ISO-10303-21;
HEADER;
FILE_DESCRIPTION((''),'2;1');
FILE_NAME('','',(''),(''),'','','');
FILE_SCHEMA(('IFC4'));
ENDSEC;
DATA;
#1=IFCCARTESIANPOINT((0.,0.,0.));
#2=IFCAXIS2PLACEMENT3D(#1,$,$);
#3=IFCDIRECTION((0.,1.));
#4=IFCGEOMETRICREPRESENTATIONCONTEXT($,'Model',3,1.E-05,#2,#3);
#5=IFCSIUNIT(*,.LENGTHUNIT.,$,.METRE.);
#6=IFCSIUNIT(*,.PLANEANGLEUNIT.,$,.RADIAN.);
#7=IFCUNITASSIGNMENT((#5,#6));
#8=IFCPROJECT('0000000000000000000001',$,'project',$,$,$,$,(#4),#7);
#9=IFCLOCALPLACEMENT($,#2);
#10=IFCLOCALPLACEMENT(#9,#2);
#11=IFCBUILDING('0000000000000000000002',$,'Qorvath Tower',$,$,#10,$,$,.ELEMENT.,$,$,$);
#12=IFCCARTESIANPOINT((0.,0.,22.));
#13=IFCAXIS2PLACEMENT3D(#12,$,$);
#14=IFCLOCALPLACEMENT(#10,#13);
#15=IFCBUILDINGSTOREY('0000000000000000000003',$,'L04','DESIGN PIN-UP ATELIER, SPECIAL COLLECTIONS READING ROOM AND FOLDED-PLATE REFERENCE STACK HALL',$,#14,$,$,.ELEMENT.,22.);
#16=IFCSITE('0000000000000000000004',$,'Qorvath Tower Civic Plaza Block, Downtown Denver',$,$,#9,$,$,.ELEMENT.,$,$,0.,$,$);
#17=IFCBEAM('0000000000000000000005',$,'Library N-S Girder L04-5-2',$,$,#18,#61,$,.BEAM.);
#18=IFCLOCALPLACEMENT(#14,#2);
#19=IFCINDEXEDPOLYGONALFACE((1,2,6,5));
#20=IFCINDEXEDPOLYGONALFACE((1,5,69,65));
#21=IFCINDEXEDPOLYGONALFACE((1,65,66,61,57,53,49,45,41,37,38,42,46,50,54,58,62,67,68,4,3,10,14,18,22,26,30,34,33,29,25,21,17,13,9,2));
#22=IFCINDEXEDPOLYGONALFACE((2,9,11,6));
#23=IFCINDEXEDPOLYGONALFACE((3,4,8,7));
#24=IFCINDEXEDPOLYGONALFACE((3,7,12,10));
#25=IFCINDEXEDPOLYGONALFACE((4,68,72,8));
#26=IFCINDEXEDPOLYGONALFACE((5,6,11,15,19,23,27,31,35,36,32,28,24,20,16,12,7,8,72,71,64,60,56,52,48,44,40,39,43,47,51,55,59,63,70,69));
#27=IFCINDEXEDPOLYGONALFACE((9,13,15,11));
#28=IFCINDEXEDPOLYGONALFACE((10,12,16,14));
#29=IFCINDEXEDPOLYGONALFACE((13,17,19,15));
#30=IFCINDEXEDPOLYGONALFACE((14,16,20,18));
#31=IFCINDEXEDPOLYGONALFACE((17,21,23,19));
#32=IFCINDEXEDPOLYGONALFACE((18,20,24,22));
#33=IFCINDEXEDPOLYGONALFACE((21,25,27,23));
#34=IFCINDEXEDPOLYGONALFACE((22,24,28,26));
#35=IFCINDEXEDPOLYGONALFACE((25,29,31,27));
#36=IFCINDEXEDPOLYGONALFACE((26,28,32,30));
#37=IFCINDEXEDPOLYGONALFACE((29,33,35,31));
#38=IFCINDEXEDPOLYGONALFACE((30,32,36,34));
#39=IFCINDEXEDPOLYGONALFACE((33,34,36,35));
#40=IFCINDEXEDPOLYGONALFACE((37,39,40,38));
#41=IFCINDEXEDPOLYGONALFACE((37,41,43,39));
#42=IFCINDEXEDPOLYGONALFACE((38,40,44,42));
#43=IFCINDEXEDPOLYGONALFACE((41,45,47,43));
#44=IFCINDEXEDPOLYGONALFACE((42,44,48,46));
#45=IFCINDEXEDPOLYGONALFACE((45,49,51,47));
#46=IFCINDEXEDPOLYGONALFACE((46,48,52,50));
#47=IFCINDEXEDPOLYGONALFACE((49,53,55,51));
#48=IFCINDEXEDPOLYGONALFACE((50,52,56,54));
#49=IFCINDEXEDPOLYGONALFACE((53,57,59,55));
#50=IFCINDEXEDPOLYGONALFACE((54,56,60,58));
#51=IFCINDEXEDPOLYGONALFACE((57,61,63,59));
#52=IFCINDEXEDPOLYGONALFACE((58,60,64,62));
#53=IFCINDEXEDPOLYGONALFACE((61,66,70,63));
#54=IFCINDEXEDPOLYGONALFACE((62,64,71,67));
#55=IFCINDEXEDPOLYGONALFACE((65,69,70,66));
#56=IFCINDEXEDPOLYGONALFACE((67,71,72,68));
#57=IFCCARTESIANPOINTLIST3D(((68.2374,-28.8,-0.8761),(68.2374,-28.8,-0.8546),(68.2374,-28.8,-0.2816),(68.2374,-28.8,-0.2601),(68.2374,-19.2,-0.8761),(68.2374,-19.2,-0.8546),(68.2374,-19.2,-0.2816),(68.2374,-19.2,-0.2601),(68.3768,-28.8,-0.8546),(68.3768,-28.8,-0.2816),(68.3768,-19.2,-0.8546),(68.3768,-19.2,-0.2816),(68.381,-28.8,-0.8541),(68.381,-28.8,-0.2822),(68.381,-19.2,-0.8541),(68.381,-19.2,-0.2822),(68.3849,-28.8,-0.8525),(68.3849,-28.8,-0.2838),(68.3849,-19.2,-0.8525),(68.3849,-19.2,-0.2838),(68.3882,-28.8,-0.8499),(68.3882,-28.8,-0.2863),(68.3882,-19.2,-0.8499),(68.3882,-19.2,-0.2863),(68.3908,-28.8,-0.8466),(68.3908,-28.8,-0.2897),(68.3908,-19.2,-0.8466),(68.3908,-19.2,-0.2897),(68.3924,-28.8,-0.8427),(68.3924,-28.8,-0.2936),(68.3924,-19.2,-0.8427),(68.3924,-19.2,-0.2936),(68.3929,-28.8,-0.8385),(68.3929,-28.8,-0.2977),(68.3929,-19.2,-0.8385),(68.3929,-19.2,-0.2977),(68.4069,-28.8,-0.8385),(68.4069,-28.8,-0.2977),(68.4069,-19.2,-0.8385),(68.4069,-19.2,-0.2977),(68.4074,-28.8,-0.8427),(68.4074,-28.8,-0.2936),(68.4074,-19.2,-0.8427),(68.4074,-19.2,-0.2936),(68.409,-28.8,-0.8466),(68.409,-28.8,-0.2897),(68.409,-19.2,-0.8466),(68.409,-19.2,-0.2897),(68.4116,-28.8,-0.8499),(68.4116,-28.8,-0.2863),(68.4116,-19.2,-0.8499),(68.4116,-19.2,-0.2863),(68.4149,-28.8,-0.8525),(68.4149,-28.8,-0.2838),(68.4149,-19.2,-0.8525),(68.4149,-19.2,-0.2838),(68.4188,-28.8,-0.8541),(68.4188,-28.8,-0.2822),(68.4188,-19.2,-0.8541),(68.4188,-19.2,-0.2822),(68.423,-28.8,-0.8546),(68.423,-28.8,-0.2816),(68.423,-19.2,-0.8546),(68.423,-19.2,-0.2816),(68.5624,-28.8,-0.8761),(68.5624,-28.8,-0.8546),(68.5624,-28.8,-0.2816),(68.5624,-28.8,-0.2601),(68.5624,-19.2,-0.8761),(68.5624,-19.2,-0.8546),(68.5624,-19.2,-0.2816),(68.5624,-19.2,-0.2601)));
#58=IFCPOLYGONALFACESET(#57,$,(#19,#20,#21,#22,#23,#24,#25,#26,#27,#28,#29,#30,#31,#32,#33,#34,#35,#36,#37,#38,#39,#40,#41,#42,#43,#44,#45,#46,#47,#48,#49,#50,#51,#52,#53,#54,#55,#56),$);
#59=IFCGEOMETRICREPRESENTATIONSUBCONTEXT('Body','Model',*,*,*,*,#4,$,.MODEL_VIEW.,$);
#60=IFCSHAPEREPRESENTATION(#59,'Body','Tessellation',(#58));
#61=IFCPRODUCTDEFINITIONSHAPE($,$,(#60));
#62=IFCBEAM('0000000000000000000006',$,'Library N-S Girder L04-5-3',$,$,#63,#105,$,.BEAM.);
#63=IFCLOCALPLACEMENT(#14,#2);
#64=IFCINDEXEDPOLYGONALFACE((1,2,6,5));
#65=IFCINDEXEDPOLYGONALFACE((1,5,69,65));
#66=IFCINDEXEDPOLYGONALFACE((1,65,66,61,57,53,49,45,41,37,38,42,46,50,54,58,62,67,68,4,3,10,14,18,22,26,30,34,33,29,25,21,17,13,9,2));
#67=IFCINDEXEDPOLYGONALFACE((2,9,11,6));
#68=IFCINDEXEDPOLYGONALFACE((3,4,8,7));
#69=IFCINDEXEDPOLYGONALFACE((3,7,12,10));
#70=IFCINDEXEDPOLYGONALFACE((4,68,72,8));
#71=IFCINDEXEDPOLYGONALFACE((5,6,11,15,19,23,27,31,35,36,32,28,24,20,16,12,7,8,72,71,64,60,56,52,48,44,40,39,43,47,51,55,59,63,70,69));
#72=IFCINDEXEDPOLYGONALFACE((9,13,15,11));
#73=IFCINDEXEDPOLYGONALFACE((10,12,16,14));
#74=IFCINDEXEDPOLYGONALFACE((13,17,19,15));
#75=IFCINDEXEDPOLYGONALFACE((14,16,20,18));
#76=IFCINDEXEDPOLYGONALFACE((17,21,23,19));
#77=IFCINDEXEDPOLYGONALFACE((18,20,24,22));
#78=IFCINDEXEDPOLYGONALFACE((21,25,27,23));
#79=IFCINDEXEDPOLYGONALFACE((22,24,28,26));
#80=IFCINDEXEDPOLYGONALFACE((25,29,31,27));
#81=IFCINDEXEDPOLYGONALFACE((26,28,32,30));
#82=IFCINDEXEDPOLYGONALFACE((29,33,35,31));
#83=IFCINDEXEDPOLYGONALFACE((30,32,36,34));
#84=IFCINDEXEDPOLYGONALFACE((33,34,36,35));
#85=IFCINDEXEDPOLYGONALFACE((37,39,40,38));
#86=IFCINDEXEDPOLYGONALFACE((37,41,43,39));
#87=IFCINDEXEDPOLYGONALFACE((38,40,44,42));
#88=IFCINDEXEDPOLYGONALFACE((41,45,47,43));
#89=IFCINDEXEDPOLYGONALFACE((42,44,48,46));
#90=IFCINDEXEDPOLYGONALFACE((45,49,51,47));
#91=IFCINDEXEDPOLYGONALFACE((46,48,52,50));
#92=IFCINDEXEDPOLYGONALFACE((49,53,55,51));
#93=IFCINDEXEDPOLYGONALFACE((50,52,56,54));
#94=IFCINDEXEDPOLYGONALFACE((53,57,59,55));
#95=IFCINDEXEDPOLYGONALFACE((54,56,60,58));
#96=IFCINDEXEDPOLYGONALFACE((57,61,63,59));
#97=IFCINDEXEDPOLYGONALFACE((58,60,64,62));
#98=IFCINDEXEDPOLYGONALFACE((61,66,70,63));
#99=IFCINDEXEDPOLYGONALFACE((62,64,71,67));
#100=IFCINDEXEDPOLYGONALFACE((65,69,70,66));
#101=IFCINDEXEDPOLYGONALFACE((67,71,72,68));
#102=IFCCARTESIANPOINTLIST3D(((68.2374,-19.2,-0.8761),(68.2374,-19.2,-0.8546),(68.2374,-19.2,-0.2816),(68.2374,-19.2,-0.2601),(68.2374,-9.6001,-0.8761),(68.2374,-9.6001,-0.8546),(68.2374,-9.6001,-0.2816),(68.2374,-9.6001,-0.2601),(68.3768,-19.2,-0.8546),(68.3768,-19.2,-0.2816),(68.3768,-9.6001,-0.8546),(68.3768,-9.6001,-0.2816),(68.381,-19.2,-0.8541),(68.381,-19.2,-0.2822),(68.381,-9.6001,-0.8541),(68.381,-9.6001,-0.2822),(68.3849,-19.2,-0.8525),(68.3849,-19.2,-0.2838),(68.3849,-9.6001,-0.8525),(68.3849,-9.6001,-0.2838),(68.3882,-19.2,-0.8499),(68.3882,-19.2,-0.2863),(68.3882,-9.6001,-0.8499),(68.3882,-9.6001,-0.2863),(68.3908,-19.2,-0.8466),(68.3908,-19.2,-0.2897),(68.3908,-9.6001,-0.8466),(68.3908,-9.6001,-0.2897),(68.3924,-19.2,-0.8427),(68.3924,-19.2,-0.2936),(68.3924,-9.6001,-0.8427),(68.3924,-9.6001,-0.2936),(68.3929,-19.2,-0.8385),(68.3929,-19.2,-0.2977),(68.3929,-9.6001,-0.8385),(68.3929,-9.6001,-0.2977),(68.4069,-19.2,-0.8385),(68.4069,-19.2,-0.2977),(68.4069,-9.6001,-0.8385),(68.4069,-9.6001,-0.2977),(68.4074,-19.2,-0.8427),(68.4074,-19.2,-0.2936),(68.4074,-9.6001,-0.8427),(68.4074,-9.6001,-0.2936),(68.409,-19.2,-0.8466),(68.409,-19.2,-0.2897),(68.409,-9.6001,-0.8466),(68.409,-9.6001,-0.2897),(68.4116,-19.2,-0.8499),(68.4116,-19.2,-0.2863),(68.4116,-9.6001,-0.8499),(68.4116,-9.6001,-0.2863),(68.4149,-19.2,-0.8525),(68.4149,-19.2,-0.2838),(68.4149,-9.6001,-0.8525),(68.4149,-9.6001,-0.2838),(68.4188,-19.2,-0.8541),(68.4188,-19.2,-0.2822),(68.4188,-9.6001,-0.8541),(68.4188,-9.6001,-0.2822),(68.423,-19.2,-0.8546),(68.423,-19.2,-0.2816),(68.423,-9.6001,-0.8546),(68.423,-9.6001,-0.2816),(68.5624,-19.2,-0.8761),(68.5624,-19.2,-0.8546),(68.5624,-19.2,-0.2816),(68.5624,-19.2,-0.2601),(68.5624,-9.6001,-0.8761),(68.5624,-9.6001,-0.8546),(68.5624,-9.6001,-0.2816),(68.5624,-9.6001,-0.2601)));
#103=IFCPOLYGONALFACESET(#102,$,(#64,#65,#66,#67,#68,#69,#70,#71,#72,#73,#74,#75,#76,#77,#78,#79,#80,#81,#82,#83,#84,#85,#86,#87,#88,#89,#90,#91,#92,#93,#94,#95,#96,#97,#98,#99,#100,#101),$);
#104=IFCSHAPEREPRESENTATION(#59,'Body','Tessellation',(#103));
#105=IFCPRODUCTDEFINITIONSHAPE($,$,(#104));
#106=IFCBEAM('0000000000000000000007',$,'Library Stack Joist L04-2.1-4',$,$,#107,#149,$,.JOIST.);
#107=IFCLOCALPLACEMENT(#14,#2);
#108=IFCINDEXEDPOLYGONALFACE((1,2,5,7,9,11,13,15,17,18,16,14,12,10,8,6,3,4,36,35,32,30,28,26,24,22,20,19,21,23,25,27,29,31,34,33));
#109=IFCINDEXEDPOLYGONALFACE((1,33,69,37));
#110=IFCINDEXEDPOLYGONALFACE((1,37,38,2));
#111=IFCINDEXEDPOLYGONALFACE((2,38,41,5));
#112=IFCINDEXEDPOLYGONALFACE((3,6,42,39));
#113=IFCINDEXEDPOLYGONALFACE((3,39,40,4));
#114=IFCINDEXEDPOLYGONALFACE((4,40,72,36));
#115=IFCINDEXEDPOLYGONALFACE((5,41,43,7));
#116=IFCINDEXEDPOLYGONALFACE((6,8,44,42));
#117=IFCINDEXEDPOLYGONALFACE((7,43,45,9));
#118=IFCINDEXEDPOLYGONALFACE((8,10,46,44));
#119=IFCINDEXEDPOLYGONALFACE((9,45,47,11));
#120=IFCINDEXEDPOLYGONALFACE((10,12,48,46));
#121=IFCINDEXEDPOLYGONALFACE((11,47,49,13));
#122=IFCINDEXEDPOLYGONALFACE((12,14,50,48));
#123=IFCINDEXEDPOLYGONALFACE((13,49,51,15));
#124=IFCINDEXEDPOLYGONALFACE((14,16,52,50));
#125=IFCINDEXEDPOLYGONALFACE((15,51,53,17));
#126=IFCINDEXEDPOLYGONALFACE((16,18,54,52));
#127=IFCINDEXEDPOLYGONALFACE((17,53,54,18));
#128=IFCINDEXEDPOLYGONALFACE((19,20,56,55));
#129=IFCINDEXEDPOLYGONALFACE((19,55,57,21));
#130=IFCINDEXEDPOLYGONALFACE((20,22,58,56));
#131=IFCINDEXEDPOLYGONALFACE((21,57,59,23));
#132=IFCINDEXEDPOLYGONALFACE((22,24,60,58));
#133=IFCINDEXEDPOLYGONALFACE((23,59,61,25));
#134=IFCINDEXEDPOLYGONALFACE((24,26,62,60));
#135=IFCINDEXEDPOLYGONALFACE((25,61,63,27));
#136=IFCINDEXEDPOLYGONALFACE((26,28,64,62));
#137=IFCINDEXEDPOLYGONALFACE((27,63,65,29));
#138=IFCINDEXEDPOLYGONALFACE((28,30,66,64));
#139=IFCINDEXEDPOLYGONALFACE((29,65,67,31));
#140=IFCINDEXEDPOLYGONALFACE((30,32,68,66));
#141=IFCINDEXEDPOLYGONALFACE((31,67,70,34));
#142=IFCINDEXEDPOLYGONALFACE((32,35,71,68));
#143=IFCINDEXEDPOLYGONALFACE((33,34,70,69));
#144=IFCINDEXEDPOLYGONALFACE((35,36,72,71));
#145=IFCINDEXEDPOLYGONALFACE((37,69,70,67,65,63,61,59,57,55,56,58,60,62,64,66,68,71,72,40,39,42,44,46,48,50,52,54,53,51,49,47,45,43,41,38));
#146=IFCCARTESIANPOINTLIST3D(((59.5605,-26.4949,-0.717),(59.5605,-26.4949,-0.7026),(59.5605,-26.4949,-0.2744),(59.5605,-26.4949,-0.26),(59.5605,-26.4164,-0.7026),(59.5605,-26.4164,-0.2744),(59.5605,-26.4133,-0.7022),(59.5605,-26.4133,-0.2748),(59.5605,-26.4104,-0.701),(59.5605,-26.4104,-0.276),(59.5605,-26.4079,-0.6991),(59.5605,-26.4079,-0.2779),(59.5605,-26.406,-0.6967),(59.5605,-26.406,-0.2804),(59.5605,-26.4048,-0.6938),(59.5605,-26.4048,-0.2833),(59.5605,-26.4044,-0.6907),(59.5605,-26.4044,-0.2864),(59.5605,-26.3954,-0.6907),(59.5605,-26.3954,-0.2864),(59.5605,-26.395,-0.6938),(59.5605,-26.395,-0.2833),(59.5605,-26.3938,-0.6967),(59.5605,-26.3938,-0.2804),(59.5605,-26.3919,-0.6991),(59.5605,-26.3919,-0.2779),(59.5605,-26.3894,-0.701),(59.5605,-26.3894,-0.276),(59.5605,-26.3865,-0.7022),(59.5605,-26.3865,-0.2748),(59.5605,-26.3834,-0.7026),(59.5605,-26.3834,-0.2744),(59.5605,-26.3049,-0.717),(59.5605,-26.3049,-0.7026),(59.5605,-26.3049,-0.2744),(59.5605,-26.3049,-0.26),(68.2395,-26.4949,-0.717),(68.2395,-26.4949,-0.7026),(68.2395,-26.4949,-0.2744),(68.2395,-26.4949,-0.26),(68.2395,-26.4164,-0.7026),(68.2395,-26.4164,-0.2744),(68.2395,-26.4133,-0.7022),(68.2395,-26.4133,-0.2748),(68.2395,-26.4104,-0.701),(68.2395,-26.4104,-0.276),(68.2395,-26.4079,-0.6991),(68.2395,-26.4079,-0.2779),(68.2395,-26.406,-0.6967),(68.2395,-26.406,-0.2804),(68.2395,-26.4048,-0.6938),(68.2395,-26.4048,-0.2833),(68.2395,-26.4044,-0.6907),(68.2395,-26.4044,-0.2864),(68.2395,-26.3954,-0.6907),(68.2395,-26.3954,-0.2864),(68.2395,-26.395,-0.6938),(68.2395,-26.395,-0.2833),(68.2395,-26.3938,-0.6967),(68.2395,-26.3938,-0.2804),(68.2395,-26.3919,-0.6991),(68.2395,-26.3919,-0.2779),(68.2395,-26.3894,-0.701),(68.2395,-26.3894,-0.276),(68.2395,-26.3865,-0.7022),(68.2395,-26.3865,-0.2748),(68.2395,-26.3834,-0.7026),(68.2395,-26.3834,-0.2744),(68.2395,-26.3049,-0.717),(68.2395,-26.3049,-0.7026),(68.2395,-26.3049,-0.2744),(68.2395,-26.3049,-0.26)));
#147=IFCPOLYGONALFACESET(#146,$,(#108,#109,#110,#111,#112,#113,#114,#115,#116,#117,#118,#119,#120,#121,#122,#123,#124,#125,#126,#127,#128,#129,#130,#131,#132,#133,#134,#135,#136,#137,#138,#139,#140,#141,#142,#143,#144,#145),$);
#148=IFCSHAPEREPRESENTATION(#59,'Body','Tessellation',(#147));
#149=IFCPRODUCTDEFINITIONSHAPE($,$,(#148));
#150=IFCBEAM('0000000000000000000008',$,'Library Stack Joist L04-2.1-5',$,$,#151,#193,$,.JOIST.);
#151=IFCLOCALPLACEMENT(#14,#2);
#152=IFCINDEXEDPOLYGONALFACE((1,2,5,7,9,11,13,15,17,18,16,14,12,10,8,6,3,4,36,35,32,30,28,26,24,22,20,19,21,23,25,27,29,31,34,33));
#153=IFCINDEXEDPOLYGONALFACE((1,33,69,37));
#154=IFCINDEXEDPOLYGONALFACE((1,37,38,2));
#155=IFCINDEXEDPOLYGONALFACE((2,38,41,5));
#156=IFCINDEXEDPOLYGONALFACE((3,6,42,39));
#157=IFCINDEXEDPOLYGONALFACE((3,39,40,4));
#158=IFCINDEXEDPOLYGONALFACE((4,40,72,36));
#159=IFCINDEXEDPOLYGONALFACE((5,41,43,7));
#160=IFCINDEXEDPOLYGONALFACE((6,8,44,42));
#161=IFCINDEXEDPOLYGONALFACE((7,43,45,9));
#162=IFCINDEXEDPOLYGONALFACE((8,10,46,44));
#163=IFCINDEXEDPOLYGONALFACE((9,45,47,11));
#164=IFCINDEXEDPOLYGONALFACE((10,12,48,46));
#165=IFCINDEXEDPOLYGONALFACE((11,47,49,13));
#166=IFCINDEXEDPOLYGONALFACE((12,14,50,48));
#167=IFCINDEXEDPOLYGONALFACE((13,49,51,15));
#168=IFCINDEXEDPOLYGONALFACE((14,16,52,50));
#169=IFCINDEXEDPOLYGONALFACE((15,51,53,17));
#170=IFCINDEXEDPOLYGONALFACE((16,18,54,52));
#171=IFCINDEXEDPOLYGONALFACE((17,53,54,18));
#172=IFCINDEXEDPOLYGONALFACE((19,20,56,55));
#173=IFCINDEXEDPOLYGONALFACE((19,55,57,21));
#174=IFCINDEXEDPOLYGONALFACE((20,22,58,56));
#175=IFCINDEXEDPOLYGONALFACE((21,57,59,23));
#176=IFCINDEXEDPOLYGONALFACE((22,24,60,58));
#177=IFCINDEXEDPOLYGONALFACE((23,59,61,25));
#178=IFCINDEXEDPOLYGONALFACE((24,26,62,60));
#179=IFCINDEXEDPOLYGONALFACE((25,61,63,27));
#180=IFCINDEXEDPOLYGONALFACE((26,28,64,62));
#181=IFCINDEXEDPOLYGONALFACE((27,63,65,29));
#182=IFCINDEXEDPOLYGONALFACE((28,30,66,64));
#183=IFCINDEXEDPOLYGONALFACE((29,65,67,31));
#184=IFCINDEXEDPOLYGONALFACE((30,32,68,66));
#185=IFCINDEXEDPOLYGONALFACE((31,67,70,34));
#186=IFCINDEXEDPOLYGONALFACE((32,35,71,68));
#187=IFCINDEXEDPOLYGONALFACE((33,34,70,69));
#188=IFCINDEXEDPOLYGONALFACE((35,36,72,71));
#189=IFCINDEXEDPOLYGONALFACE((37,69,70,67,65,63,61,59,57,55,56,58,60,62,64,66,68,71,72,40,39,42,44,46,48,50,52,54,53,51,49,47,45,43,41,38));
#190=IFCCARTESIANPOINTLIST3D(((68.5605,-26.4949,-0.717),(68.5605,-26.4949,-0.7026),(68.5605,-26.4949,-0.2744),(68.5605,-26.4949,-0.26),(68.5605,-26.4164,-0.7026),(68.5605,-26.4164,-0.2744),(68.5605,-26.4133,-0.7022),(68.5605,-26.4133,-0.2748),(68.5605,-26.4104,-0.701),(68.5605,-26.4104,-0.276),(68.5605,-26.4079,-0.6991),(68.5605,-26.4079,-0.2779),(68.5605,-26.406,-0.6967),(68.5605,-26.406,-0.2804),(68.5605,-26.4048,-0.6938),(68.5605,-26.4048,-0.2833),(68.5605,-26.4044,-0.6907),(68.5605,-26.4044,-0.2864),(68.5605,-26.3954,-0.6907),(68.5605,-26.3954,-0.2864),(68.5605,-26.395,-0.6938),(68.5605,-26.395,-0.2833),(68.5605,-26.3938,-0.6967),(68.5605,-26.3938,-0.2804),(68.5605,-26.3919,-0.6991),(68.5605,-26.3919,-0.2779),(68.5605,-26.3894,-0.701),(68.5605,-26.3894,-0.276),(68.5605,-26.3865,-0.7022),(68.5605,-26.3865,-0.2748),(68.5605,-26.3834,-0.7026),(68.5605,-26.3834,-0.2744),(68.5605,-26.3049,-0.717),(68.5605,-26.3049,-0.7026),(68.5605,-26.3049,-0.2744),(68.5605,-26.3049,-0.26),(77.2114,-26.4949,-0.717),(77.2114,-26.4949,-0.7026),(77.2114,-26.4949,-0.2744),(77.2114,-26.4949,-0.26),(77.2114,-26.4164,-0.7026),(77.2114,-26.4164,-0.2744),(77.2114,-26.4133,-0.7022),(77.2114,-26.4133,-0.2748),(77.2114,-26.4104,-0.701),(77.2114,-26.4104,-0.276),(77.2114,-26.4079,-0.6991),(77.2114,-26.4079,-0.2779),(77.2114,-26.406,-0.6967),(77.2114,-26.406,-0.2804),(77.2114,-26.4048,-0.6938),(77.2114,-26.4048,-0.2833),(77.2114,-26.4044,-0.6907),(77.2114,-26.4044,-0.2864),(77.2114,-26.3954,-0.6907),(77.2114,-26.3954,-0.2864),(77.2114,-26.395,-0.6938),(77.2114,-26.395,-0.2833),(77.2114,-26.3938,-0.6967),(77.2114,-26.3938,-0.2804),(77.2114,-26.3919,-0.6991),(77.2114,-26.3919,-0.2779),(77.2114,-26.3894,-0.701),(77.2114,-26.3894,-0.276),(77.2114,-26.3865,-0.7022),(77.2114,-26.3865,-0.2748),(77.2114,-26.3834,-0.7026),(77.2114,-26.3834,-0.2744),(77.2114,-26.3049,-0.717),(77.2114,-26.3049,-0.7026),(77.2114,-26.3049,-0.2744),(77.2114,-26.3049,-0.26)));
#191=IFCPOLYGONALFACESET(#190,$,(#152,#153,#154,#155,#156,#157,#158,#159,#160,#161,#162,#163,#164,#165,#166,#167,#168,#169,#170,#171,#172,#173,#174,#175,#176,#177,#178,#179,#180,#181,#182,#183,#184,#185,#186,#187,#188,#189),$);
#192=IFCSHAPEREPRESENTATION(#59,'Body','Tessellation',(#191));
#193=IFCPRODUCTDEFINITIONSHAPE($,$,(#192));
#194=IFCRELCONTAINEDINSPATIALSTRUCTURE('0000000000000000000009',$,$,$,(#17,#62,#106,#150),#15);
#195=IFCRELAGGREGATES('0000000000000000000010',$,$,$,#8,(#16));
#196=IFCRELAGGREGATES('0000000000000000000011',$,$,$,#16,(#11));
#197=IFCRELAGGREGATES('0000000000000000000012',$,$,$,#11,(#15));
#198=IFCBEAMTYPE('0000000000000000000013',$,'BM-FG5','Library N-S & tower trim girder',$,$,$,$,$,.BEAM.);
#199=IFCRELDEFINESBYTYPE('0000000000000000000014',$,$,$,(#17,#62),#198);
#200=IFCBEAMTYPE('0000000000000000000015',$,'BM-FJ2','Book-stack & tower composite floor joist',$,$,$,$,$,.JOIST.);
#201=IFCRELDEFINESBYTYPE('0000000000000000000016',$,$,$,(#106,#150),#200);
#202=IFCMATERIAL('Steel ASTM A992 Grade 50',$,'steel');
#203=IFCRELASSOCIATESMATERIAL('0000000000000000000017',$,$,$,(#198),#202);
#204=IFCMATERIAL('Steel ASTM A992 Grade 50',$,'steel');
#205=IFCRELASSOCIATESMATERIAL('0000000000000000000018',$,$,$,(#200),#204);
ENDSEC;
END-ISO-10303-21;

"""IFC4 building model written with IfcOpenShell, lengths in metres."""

from ifc_helpers import new_model, si_unit, direction, frame, origin, origin_2d, place, context, subcontext, project, spatial, i_section, extrude, material, material_profile, profile_set, type_object, element, save


model = new_model("IFC4")

# Units and contexts
model_context = context("Model", 3, precision=1e-05, world=origin(), true_north=direction((0.0, 1.0)))
body_context = subcontext(model_context, "Body", "Model", "MODEL_VIEW")
ifc_project = project(units=[si_unit("LENGTHUNIT", "METRE"), si_unit("PLANEANGLEUNIT", "RADIAN")], contexts=[model_context])

# Site, building, storey
site_placement = place(None, origin())
site = spatial("IfcSite", under=ifc_project, at=site_placement, Name="Qorvath Tower Civic Plaza Block, Downtown Denver", CompositionType="ELEMENT", RefElevation=0.0)
building_placement = place(site_placement, origin())
building = spatial("IfcBuilding", under=site, at=building_placement, Name="Qorvath Tower", CompositionType="ELEMENT")
storey_placement = place(building_placement, frame((0.0, 0.0, 22.0)))
storey = spatial("IfcBuildingStorey", under=building, at=storey_placement, Name="L04", Description="DESIGN PIN-UP ATELIER, SPECIAL COLLECTIONS READING ROOM AND FOLDED-PLATE REFERENCE STACK HALL", CompositionType="ELEMENT", Elevation=22.0)

# Beams
ifc_material_1 = material(Name="Steel ASTM A992 Grade 50", Category="steel")
ifc_material_profile_1 = material_profile(ifc_material_1, i_section(OverallWidth=0.325, OverallDepth=0.616, WebThickness=0.0139, FlangeThickness=0.0215, FilletRadius=0.0161, at=origin_2d()), Name="W24x117")
ifc_profile_set_1 = profile_set([ifc_material_profile_1], Name="Steel ASTM A992 Grade 50")
beam_type_1 = type_object("IfcBeamType", Name="BM-FG5", Description="Library N-S & tower trim girder", PredefinedType="BEAM", material=ifc_profile_set_1)
beam_1_placement = place(storey_placement, frame((68.3999, -28.8, -0.5681), z_axis=(0.0, 1.0, 0.0), x_axis=(-1.0, 0.0, 0.0)))
element("IfcBeam", 1, at=beam_1_placement, inside=storey, type_object=beam_type_1, Name="Library N-S Girder L04-5-2", PredefinedType="BEAM", context=body_context, shape_type="SweptSolid", body=[
    extrude(i_section(OverallWidth=0.325, OverallDepth=0.616, WebThickness=0.0139, FlangeThickness=0.0215, FilletRadius=0.0161, at=origin_2d()), origin(), (0.0, 0.0, 1.0), 9.6001),
])
beam_2_placement = place(storey_placement, frame((68.3999, -19.2, -0.5681), z_axis=(0.0, 1.0, 0.0), x_axis=(-1.0, 0.0, 0.0)))
element("IfcBeam", 2, at=beam_2_placement, inside=storey, type_object=beam_type_1, Name="Library N-S Girder L04-5-3", PredefinedType="BEAM", context=body_context, shape_type="SweptSolid", body=[
    extrude(i_section(OverallWidth=0.325, OverallDepth=0.616, WebThickness=0.0139, FlangeThickness=0.0215, FilletRadius=0.0161, at=origin_2d()), origin(), (0.0, 0.0, 1.0), 9.5999),
])
ifc_material_2 = material(Name="Steel ASTM A992 Grade 50", Category="steel")
ifc_material_profile_2 = material_profile(ifc_material_2, i_section(OverallWidth=0.1899, OverallDepth=0.457, WebThickness=0.009, FlangeThickness=0.0144, FilletRadius=0.012, at=origin_2d()), Name="W18x50")
ifc_profile_set_2 = profile_set([ifc_material_profile_2], Name="Steel ASTM A992 Grade 50")
beam_type_2 = type_object("IfcBeamType", Name="BM-FJ2", Description="Book-stack & tower composite floor joist", PredefinedType="JOIST", material=ifc_profile_set_2)
beam_3_placement = place(storey_placement, frame((59.5605, -26.3999, -0.4885), z_axis=(1.0, 0.0, 0.0), x_axis=(0.0, 1.0, 0.0)))
element("IfcBeam", 3, at=beam_3_placement, inside=storey, type_object=beam_type_2, Name="Library Stack Joist L04-2.1-4", PredefinedType="JOIST", context=body_context, shape_type="SweptSolid", body=[
    extrude(i_section(OverallWidth=0.1899, OverallDepth=0.457, WebThickness=0.009, FlangeThickness=0.0144, FilletRadius=0.012, at=origin_2d()), origin(), (0.0, 0.0, 1.0), 8.679),
])
beam_4_placement = place(storey_placement, frame((68.5605, -26.3999, -0.4885), z_axis=(1.0, 0.0, 0.0), x_axis=(0.0, 1.0, 0.0)))
element("IfcBeam", 4, at=beam_4_placement, inside=storey, type_object=beam_type_2, Name="Library Stack Joist L04-2.1-5", PredefinedType="JOIST", context=body_context, shape_type="SweptSolid", body=[
    extrude(i_section(OverallWidth=0.1899, OverallDepth=0.457, WebThickness=0.009, FlangeThickness=0.0144, FilletRadius=0.012, at=origin_2d()), origin(), (0.0, 0.0, 1.0), 8.6509),
])

save(model, "model.ifc")
